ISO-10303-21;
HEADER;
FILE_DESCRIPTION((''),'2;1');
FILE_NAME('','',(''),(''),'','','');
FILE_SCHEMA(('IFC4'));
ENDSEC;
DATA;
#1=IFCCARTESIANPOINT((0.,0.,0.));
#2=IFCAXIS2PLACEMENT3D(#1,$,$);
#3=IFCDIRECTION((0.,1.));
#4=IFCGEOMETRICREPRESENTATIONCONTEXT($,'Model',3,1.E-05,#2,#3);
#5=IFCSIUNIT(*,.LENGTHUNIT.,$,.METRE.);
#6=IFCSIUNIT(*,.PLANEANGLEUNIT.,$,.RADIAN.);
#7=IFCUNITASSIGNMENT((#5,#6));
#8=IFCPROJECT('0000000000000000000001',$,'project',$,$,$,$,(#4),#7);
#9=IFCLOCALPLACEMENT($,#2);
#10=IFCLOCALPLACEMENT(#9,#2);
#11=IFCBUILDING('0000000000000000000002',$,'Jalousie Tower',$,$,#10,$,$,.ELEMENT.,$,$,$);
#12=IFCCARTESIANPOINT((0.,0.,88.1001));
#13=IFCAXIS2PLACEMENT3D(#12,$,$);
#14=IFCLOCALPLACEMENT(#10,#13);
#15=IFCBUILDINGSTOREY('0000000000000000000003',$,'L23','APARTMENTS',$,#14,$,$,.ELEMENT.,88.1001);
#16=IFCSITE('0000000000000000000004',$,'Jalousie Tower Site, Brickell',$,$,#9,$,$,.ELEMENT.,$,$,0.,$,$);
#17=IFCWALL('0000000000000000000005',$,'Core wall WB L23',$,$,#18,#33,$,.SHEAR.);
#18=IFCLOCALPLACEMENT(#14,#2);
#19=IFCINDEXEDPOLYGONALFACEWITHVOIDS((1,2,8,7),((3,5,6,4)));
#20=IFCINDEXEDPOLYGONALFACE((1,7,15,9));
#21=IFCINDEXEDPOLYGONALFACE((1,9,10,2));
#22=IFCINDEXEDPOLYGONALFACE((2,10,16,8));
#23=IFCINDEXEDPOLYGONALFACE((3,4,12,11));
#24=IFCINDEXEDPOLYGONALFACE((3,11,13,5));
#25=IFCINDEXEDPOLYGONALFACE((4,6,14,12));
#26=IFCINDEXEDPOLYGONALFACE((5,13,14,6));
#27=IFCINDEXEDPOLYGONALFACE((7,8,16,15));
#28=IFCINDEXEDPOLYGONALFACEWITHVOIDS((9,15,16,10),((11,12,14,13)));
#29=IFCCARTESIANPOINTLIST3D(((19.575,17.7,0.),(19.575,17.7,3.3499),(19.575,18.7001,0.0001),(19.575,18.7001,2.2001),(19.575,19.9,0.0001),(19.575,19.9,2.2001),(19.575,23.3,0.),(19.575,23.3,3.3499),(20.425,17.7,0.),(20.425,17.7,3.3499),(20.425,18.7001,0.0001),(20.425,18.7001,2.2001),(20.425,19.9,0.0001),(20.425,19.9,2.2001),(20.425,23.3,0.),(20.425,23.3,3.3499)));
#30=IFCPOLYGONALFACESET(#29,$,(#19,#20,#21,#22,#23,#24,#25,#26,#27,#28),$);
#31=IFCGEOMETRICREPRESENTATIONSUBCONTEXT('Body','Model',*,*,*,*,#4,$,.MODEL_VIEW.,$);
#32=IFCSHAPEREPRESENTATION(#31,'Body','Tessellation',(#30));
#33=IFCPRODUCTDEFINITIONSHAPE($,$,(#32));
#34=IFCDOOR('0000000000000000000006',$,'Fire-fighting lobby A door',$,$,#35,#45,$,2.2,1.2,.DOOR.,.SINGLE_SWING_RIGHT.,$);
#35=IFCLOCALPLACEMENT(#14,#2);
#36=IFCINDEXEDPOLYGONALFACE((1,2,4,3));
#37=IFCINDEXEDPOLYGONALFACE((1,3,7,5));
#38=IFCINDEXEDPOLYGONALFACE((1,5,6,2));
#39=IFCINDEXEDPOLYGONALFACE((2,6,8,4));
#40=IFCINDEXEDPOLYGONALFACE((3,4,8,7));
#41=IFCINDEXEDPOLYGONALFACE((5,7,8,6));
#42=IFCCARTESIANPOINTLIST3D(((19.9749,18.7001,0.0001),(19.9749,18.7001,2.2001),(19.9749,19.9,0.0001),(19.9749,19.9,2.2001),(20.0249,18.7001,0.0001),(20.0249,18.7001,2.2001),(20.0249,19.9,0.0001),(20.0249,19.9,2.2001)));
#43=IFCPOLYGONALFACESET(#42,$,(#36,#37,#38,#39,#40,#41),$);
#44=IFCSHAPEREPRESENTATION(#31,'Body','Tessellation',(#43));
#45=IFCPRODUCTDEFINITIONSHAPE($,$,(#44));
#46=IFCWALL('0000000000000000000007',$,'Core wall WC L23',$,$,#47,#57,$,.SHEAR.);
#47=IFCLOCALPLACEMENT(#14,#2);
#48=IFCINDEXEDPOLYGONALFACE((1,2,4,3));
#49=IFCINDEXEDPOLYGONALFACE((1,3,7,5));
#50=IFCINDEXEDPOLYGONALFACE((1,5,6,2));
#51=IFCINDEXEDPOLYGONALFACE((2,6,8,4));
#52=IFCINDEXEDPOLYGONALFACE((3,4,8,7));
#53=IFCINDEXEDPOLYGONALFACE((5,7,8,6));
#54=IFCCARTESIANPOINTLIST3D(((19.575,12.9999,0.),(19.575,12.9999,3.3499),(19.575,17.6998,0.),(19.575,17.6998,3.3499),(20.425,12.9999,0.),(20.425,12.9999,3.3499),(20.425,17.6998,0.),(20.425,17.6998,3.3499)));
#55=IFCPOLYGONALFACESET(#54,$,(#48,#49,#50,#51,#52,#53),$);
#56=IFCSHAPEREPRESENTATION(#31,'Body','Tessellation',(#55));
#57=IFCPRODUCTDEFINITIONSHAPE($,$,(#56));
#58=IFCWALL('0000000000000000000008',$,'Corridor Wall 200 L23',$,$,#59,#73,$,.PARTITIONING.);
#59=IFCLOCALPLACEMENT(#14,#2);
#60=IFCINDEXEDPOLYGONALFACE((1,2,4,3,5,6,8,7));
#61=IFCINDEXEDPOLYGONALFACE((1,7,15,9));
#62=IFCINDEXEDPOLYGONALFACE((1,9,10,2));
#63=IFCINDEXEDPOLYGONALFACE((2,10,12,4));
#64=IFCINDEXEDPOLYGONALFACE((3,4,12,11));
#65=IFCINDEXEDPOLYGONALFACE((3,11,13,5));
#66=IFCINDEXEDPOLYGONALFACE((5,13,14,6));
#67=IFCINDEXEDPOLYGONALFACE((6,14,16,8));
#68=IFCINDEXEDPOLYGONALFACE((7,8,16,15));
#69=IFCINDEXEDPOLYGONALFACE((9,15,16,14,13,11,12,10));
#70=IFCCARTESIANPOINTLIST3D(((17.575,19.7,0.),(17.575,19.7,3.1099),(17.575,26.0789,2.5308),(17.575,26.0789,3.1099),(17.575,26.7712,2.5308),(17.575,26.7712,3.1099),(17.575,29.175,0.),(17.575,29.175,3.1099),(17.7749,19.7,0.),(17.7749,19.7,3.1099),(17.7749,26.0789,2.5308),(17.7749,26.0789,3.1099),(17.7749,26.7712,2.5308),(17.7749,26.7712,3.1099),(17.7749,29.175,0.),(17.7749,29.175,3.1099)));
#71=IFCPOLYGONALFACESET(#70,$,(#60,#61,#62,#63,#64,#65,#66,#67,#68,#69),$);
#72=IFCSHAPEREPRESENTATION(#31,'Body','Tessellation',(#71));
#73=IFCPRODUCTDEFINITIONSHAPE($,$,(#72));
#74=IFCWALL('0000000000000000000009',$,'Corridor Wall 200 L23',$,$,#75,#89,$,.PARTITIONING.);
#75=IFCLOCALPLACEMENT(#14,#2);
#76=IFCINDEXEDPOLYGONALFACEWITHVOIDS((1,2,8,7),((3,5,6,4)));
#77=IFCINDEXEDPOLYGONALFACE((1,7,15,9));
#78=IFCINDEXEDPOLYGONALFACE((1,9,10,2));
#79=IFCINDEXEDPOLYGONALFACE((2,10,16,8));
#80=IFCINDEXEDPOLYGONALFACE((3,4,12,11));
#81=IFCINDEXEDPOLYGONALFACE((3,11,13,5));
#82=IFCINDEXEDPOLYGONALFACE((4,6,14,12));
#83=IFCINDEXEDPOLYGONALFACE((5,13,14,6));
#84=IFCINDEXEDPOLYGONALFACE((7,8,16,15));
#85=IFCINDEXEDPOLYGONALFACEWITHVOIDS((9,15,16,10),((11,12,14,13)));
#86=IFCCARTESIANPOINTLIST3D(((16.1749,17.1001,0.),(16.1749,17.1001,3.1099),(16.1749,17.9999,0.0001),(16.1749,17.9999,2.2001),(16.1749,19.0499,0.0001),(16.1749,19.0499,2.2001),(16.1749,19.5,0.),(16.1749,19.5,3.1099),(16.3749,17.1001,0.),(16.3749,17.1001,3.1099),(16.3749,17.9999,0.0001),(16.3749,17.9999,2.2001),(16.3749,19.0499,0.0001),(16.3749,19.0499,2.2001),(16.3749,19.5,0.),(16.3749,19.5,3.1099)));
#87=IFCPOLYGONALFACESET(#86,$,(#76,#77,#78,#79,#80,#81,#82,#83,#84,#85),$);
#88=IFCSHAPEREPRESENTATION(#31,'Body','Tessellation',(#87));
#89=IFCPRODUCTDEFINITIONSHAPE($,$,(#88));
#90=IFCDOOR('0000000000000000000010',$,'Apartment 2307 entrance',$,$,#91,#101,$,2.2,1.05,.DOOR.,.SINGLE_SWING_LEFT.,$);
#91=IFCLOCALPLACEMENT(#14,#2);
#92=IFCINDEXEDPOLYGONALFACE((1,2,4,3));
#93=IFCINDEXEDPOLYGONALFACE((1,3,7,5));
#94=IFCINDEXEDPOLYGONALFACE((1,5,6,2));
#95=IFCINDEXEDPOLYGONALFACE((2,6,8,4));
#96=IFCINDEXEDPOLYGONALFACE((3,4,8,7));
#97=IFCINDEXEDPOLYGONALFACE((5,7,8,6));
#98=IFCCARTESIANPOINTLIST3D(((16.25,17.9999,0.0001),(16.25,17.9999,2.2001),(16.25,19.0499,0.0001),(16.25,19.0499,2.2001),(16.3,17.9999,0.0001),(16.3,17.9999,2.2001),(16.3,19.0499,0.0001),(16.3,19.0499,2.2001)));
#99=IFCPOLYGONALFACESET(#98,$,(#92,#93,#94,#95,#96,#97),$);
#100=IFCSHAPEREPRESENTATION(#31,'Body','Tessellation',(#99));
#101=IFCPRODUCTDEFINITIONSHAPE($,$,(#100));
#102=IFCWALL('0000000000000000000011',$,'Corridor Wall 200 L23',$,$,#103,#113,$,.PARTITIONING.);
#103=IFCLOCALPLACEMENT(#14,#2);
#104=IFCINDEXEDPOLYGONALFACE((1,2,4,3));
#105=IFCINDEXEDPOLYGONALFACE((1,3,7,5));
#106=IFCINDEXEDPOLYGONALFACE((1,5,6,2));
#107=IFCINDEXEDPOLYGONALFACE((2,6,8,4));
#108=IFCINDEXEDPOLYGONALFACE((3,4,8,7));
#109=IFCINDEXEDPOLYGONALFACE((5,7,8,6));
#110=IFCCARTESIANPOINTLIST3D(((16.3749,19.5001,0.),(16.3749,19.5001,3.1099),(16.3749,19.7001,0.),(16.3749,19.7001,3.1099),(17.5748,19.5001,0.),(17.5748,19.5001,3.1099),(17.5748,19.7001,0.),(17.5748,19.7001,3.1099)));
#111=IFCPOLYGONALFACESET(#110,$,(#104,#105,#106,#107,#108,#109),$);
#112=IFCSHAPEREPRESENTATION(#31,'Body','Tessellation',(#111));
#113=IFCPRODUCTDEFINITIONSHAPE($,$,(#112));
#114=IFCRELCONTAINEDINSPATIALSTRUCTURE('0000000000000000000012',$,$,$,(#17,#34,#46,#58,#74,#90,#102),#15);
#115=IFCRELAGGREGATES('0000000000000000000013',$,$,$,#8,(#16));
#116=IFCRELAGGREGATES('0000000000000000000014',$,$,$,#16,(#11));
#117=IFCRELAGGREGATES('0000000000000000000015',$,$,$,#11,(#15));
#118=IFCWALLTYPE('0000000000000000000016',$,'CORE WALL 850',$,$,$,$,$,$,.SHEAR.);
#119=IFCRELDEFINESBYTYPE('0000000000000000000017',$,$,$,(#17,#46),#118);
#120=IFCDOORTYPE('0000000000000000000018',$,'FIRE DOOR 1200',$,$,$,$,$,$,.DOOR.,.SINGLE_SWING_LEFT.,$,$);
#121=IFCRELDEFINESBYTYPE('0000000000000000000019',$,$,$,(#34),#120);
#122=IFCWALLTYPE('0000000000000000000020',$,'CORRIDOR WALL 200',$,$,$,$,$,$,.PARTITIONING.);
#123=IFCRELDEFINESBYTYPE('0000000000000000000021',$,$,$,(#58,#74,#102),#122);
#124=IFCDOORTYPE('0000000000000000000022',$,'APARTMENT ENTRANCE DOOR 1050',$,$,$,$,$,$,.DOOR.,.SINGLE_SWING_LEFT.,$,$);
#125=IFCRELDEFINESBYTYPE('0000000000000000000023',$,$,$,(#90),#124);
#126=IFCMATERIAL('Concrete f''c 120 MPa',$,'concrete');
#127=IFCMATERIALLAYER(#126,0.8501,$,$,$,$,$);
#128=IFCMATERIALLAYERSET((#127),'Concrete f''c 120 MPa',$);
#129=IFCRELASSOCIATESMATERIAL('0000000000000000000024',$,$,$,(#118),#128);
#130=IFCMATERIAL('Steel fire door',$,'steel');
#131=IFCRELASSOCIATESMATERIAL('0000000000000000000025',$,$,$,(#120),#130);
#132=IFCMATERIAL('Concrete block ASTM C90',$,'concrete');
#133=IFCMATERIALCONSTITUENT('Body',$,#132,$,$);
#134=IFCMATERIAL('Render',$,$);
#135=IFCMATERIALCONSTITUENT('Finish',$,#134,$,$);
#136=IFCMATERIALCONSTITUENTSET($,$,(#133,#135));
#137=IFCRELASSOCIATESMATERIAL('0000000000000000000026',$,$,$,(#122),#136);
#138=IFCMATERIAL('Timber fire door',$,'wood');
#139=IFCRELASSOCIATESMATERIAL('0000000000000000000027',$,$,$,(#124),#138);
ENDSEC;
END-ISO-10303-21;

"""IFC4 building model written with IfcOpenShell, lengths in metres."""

from ifc_helpers import new_model, si_unit, direction, frame, frame_2d, origin, place, context, subcontext, project, spatial, polyline, rectangle, outline, extrude, material, layer, layer_set, constituent, constituent_set, type_object, element, fill, save


model = new_model("IFC4")

# Units and contexts
model_context = context("Model", 3, precision=1e-05, world=origin(), true_north=direction((0.0, 1.0)))
body_context = subcontext(model_context, "Body", "Model", "MODEL_VIEW")
ifc_project = project(units=[si_unit("LENGTHUNIT", "METRE"), si_unit("PLANEANGLEUNIT", "RADIAN")], contexts=[model_context])

# Site, building, storey
site_placement = place(None, origin())
site = spatial("IfcSite", under=ifc_project, at=site_placement, Name="Jalousie Tower Site, Brickell", CompositionType="ELEMENT", RefElevation=0.0)
building_placement = place(site_placement, origin())
building = spatial("IfcBuilding", under=site, at=building_placement, Name="Jalousie Tower", CompositionType="ELEMENT")
storey_placement = place(building_placement, frame((0.0, 0.0, 88.1001)))
storey = spatial("IfcBuildingStorey", under=building, at=storey_placement, Name="L23", Description="APARTMENTS", CompositionType="ELEMENT", Elevation=88.1001)

# Wall, opening, door
ifc_material_1 = material(Name="Concrete f'c 120 MPa", Category="concrete")
ifc_layer_1 = layer(ifc_material_1, 0.8501)
ifc_layer_set_1 = layer_set([ifc_layer_1], Name="Concrete f'c 120 MPa")
wall_type_1 = type_object("IfcWallType", Name="CORE WALL 850", PredefinedType="SHEAR", material=ifc_layer_set_1)
wall_1_placement = place(storey_placement, frame((20.0, 23.3, 0.0), z_axis=(0.0, 0.0, 1.0), x_axis=(0.0, -1.0, 0.0)))
wall_1 = element("IfcWall", 1, at=wall_1_placement, inside=storey, type_object=wall_type_1, Name="Core wall WB L23", PredefinedType="SHEAR", context=body_context, shape_type="SweptSolid", body=[
    extrude(rectangle(XDim=5.6001, YDim=0.8501, at=frame_2d((2.8, 0.0))), origin(), (0.0, 0.0, 1.0), 3.3499),
])
opening_1_placement = place(wall_1_placement, frame((3.3999, 0.0, 0.0)))
opening_1 = element("IfcOpeningElement", 2, at=opening_1_placement, cuts=wall_1, PredefinedType="OPENING", context=body_context, shape_type="SweptSolid", body=[
    extrude(rectangle(XDim=1.2, YDim=2.2, at=frame_2d((0.6001, 1.1001))), frame((0.0, 0.4351, 0.0), z_axis=(0.0, -1.0, 0.0), x_axis=(1.0, 0.0, 0.0)), (0.0, 0.0, 1.0), 0.8701),
])
ifc_material_2 = material(Name="Steel fire door", Category="steel")
door_type_1 = type_object("IfcDoorType", Name="FIRE DOOR 1200", OperationType="SINGLE_SWING_LEFT", PredefinedType="DOOR", material=ifc_material_2)
door_1_placement = place(opening_1_placement, origin())
door_1 = element("IfcDoor", 3, at=door_1_placement, inside=storey, type_object=door_type_1, Name="Fire-fighting lobby A door", OperationType="SINGLE_SWING_RIGHT", OverallHeight=2.2, OverallWidth=1.2, PredefinedType="DOOR", context=body_context, shape_type="SweptSolid", body=[
    extrude(rectangle(XDim=1.2, YDim=2.2, at=frame_2d((0.6001, 1.1001))), frame((0.0, 0.0249, 0.0), z_axis=(0.0, -1.0, 0.0), x_axis=(1.0, 0.0, 0.0)), (0.0, 0.0, 1.0), 0.05),
])
fill(opening_1, door_1)

# Walls
wall_2_placement = place(storey_placement, frame((20.0, 17.7, 0.0), z_axis=(0.0, 0.0, 1.0), x_axis=(0.0, -1.0, 0.0)))
element("IfcWall", 4, at=wall_2_placement, inside=storey, type_object=wall_type_1, Name="Core wall WC L23", PredefinedType="SHEAR", context=body_context, shape_type="SweptSolid", body=[
    extrude(rectangle(XDim=4.7, YDim=0.8501, at=frame_2d((2.3501, 0.0))), origin(), (0.0, 0.0, 1.0), 3.3499),
])
ifc_material_3 = material(Name="Concrete block ASTM C90", Category="concrete")
ifc_constituent_1 = constituent(ifc_material_3, Name="Body")
ifc_material_4 = material(Name="Render")
ifc_constituent_2 = constituent(ifc_material_4, Name="Finish")
ifc_constituent_set = constituent_set(constituents=[ifc_constituent_1, ifc_constituent_2])
wall_type_2 = type_object("IfcWallType", Name="CORRIDOR WALL 200", PredefinedType="PARTITIONING", material=ifc_constituent_set)
wall_3_placement = place(storey_placement, frame((17.675, 19.7, 0.0), z_axis=(0.0, 0.0, 1.0), x_axis=(0.0, 1.0, 0.0)))
element("IfcWall", 5, at=wall_3_placement, inside=storey, type_object=wall_type_2, Name="Corridor Wall 200 L23", PredefinedType="PARTITIONING", context=body_context, shape_type="SweptSolid", body=[
    extrude(outline(polyline([(0.0, 0.0), (9.4751, 0.0), (9.4751, 3.1099), (7.0713, 3.1099), (7.0713, 2.5308), (6.3789, 2.5308), (6.3789, 3.1099), (0.0, 3.1099), (0.0, 0.0)])), frame((0.0, 0.1001, 0.0), z_axis=(0.0, -1.0, 0.0), x_axis=(1.0, 0.0, 0.0)), (0.0, 0.0, 1.0), 0.2),
])

# Wall, opening, door
wall_4_placement = place(storey_placement, frame((16.2749, 17.1001, 0.0), z_axis=(0.0, 0.0, 1.0), x_axis=(0.0, 1.0, 0.0)))
wall_4 = element("IfcWall", 6, at=wall_4_placement, inside=storey, type_object=wall_type_2, Name="Corridor Wall 200 L23", PredefinedType="PARTITIONING", context=body_context, shape_type="SweptSolid", body=[
    extrude(rectangle(XDim=2.3999, YDim=0.2, at=frame_2d((1.2, 0.0))), origin(), (0.0, 0.0, 1.0), 3.1099),
])
opening_2_placement = place(wall_4_placement, frame((0.8999, 0.0, 0.0)))
opening_2 = element("IfcOpeningElement", 7, at=opening_2_placement, cuts=wall_4, PredefinedType="OPENING", context=body_context, shape_type="SweptSolid", body=[
    extrude(rectangle(XDim=1.05, YDim=2.2, at=frame_2d((0.5249, 1.1001))), frame((0.0, 0.1099, 0.0), z_axis=(0.0, -1.0, 0.0), x_axis=(1.0, 0.0, 0.0)), (0.0, 0.0, 1.0), 0.22),
])
ifc_material_5 = material(Name="Timber fire door", Category="wood")
door_type_2 = type_object("IfcDoorType", Name="APARTMENT ENTRANCE DOOR 1050", OperationType="SINGLE_SWING_LEFT", PredefinedType="DOOR", material=ifc_material_5)
door_2_placement = place(opening_2_placement, origin())
door_2 = element("IfcDoor", 8, at=door_2_placement, inside=storey, type_object=door_type_2, Name="Apartment 2307 entrance", OperationType="SINGLE_SWING_LEFT", OverallHeight=2.2, OverallWidth=1.05, PredefinedType="DOOR", context=body_context, shape_type="SweptSolid", body=[
    extrude(rectangle(XDim=1.05, YDim=2.2, at=frame_2d((0.5249, 1.1001))), frame((0.0, 0.0249, 0.0), z_axis=(0.0, -1.0, 0.0), x_axis=(1.0, 0.0, 0.0)), (0.0, 0.0, 1.0), 0.05),
])
fill(opening_2, door_2)

# Wall
wall_5_placement = place(storey_placement, frame((17.575, 19.6001, 0.0), z_axis=(0.0, 0.0, 1.0), x_axis=(-1.0, 0.0, 0.0)))
element("IfcWall", 9, at=wall_5_placement, inside=storey, type_object=wall_type_2, Name="Corridor Wall 200 L23", PredefinedType="PARTITIONING", context=body_context, shape_type="SweptSolid", body=[
    extrude(rectangle(XDim=1.2, YDim=0.2, at=frame_2d((0.6001, 0.0))), origin(), (0.0, 0.0, 1.0), 3.1099),
])

save(model, "model.ifc")
